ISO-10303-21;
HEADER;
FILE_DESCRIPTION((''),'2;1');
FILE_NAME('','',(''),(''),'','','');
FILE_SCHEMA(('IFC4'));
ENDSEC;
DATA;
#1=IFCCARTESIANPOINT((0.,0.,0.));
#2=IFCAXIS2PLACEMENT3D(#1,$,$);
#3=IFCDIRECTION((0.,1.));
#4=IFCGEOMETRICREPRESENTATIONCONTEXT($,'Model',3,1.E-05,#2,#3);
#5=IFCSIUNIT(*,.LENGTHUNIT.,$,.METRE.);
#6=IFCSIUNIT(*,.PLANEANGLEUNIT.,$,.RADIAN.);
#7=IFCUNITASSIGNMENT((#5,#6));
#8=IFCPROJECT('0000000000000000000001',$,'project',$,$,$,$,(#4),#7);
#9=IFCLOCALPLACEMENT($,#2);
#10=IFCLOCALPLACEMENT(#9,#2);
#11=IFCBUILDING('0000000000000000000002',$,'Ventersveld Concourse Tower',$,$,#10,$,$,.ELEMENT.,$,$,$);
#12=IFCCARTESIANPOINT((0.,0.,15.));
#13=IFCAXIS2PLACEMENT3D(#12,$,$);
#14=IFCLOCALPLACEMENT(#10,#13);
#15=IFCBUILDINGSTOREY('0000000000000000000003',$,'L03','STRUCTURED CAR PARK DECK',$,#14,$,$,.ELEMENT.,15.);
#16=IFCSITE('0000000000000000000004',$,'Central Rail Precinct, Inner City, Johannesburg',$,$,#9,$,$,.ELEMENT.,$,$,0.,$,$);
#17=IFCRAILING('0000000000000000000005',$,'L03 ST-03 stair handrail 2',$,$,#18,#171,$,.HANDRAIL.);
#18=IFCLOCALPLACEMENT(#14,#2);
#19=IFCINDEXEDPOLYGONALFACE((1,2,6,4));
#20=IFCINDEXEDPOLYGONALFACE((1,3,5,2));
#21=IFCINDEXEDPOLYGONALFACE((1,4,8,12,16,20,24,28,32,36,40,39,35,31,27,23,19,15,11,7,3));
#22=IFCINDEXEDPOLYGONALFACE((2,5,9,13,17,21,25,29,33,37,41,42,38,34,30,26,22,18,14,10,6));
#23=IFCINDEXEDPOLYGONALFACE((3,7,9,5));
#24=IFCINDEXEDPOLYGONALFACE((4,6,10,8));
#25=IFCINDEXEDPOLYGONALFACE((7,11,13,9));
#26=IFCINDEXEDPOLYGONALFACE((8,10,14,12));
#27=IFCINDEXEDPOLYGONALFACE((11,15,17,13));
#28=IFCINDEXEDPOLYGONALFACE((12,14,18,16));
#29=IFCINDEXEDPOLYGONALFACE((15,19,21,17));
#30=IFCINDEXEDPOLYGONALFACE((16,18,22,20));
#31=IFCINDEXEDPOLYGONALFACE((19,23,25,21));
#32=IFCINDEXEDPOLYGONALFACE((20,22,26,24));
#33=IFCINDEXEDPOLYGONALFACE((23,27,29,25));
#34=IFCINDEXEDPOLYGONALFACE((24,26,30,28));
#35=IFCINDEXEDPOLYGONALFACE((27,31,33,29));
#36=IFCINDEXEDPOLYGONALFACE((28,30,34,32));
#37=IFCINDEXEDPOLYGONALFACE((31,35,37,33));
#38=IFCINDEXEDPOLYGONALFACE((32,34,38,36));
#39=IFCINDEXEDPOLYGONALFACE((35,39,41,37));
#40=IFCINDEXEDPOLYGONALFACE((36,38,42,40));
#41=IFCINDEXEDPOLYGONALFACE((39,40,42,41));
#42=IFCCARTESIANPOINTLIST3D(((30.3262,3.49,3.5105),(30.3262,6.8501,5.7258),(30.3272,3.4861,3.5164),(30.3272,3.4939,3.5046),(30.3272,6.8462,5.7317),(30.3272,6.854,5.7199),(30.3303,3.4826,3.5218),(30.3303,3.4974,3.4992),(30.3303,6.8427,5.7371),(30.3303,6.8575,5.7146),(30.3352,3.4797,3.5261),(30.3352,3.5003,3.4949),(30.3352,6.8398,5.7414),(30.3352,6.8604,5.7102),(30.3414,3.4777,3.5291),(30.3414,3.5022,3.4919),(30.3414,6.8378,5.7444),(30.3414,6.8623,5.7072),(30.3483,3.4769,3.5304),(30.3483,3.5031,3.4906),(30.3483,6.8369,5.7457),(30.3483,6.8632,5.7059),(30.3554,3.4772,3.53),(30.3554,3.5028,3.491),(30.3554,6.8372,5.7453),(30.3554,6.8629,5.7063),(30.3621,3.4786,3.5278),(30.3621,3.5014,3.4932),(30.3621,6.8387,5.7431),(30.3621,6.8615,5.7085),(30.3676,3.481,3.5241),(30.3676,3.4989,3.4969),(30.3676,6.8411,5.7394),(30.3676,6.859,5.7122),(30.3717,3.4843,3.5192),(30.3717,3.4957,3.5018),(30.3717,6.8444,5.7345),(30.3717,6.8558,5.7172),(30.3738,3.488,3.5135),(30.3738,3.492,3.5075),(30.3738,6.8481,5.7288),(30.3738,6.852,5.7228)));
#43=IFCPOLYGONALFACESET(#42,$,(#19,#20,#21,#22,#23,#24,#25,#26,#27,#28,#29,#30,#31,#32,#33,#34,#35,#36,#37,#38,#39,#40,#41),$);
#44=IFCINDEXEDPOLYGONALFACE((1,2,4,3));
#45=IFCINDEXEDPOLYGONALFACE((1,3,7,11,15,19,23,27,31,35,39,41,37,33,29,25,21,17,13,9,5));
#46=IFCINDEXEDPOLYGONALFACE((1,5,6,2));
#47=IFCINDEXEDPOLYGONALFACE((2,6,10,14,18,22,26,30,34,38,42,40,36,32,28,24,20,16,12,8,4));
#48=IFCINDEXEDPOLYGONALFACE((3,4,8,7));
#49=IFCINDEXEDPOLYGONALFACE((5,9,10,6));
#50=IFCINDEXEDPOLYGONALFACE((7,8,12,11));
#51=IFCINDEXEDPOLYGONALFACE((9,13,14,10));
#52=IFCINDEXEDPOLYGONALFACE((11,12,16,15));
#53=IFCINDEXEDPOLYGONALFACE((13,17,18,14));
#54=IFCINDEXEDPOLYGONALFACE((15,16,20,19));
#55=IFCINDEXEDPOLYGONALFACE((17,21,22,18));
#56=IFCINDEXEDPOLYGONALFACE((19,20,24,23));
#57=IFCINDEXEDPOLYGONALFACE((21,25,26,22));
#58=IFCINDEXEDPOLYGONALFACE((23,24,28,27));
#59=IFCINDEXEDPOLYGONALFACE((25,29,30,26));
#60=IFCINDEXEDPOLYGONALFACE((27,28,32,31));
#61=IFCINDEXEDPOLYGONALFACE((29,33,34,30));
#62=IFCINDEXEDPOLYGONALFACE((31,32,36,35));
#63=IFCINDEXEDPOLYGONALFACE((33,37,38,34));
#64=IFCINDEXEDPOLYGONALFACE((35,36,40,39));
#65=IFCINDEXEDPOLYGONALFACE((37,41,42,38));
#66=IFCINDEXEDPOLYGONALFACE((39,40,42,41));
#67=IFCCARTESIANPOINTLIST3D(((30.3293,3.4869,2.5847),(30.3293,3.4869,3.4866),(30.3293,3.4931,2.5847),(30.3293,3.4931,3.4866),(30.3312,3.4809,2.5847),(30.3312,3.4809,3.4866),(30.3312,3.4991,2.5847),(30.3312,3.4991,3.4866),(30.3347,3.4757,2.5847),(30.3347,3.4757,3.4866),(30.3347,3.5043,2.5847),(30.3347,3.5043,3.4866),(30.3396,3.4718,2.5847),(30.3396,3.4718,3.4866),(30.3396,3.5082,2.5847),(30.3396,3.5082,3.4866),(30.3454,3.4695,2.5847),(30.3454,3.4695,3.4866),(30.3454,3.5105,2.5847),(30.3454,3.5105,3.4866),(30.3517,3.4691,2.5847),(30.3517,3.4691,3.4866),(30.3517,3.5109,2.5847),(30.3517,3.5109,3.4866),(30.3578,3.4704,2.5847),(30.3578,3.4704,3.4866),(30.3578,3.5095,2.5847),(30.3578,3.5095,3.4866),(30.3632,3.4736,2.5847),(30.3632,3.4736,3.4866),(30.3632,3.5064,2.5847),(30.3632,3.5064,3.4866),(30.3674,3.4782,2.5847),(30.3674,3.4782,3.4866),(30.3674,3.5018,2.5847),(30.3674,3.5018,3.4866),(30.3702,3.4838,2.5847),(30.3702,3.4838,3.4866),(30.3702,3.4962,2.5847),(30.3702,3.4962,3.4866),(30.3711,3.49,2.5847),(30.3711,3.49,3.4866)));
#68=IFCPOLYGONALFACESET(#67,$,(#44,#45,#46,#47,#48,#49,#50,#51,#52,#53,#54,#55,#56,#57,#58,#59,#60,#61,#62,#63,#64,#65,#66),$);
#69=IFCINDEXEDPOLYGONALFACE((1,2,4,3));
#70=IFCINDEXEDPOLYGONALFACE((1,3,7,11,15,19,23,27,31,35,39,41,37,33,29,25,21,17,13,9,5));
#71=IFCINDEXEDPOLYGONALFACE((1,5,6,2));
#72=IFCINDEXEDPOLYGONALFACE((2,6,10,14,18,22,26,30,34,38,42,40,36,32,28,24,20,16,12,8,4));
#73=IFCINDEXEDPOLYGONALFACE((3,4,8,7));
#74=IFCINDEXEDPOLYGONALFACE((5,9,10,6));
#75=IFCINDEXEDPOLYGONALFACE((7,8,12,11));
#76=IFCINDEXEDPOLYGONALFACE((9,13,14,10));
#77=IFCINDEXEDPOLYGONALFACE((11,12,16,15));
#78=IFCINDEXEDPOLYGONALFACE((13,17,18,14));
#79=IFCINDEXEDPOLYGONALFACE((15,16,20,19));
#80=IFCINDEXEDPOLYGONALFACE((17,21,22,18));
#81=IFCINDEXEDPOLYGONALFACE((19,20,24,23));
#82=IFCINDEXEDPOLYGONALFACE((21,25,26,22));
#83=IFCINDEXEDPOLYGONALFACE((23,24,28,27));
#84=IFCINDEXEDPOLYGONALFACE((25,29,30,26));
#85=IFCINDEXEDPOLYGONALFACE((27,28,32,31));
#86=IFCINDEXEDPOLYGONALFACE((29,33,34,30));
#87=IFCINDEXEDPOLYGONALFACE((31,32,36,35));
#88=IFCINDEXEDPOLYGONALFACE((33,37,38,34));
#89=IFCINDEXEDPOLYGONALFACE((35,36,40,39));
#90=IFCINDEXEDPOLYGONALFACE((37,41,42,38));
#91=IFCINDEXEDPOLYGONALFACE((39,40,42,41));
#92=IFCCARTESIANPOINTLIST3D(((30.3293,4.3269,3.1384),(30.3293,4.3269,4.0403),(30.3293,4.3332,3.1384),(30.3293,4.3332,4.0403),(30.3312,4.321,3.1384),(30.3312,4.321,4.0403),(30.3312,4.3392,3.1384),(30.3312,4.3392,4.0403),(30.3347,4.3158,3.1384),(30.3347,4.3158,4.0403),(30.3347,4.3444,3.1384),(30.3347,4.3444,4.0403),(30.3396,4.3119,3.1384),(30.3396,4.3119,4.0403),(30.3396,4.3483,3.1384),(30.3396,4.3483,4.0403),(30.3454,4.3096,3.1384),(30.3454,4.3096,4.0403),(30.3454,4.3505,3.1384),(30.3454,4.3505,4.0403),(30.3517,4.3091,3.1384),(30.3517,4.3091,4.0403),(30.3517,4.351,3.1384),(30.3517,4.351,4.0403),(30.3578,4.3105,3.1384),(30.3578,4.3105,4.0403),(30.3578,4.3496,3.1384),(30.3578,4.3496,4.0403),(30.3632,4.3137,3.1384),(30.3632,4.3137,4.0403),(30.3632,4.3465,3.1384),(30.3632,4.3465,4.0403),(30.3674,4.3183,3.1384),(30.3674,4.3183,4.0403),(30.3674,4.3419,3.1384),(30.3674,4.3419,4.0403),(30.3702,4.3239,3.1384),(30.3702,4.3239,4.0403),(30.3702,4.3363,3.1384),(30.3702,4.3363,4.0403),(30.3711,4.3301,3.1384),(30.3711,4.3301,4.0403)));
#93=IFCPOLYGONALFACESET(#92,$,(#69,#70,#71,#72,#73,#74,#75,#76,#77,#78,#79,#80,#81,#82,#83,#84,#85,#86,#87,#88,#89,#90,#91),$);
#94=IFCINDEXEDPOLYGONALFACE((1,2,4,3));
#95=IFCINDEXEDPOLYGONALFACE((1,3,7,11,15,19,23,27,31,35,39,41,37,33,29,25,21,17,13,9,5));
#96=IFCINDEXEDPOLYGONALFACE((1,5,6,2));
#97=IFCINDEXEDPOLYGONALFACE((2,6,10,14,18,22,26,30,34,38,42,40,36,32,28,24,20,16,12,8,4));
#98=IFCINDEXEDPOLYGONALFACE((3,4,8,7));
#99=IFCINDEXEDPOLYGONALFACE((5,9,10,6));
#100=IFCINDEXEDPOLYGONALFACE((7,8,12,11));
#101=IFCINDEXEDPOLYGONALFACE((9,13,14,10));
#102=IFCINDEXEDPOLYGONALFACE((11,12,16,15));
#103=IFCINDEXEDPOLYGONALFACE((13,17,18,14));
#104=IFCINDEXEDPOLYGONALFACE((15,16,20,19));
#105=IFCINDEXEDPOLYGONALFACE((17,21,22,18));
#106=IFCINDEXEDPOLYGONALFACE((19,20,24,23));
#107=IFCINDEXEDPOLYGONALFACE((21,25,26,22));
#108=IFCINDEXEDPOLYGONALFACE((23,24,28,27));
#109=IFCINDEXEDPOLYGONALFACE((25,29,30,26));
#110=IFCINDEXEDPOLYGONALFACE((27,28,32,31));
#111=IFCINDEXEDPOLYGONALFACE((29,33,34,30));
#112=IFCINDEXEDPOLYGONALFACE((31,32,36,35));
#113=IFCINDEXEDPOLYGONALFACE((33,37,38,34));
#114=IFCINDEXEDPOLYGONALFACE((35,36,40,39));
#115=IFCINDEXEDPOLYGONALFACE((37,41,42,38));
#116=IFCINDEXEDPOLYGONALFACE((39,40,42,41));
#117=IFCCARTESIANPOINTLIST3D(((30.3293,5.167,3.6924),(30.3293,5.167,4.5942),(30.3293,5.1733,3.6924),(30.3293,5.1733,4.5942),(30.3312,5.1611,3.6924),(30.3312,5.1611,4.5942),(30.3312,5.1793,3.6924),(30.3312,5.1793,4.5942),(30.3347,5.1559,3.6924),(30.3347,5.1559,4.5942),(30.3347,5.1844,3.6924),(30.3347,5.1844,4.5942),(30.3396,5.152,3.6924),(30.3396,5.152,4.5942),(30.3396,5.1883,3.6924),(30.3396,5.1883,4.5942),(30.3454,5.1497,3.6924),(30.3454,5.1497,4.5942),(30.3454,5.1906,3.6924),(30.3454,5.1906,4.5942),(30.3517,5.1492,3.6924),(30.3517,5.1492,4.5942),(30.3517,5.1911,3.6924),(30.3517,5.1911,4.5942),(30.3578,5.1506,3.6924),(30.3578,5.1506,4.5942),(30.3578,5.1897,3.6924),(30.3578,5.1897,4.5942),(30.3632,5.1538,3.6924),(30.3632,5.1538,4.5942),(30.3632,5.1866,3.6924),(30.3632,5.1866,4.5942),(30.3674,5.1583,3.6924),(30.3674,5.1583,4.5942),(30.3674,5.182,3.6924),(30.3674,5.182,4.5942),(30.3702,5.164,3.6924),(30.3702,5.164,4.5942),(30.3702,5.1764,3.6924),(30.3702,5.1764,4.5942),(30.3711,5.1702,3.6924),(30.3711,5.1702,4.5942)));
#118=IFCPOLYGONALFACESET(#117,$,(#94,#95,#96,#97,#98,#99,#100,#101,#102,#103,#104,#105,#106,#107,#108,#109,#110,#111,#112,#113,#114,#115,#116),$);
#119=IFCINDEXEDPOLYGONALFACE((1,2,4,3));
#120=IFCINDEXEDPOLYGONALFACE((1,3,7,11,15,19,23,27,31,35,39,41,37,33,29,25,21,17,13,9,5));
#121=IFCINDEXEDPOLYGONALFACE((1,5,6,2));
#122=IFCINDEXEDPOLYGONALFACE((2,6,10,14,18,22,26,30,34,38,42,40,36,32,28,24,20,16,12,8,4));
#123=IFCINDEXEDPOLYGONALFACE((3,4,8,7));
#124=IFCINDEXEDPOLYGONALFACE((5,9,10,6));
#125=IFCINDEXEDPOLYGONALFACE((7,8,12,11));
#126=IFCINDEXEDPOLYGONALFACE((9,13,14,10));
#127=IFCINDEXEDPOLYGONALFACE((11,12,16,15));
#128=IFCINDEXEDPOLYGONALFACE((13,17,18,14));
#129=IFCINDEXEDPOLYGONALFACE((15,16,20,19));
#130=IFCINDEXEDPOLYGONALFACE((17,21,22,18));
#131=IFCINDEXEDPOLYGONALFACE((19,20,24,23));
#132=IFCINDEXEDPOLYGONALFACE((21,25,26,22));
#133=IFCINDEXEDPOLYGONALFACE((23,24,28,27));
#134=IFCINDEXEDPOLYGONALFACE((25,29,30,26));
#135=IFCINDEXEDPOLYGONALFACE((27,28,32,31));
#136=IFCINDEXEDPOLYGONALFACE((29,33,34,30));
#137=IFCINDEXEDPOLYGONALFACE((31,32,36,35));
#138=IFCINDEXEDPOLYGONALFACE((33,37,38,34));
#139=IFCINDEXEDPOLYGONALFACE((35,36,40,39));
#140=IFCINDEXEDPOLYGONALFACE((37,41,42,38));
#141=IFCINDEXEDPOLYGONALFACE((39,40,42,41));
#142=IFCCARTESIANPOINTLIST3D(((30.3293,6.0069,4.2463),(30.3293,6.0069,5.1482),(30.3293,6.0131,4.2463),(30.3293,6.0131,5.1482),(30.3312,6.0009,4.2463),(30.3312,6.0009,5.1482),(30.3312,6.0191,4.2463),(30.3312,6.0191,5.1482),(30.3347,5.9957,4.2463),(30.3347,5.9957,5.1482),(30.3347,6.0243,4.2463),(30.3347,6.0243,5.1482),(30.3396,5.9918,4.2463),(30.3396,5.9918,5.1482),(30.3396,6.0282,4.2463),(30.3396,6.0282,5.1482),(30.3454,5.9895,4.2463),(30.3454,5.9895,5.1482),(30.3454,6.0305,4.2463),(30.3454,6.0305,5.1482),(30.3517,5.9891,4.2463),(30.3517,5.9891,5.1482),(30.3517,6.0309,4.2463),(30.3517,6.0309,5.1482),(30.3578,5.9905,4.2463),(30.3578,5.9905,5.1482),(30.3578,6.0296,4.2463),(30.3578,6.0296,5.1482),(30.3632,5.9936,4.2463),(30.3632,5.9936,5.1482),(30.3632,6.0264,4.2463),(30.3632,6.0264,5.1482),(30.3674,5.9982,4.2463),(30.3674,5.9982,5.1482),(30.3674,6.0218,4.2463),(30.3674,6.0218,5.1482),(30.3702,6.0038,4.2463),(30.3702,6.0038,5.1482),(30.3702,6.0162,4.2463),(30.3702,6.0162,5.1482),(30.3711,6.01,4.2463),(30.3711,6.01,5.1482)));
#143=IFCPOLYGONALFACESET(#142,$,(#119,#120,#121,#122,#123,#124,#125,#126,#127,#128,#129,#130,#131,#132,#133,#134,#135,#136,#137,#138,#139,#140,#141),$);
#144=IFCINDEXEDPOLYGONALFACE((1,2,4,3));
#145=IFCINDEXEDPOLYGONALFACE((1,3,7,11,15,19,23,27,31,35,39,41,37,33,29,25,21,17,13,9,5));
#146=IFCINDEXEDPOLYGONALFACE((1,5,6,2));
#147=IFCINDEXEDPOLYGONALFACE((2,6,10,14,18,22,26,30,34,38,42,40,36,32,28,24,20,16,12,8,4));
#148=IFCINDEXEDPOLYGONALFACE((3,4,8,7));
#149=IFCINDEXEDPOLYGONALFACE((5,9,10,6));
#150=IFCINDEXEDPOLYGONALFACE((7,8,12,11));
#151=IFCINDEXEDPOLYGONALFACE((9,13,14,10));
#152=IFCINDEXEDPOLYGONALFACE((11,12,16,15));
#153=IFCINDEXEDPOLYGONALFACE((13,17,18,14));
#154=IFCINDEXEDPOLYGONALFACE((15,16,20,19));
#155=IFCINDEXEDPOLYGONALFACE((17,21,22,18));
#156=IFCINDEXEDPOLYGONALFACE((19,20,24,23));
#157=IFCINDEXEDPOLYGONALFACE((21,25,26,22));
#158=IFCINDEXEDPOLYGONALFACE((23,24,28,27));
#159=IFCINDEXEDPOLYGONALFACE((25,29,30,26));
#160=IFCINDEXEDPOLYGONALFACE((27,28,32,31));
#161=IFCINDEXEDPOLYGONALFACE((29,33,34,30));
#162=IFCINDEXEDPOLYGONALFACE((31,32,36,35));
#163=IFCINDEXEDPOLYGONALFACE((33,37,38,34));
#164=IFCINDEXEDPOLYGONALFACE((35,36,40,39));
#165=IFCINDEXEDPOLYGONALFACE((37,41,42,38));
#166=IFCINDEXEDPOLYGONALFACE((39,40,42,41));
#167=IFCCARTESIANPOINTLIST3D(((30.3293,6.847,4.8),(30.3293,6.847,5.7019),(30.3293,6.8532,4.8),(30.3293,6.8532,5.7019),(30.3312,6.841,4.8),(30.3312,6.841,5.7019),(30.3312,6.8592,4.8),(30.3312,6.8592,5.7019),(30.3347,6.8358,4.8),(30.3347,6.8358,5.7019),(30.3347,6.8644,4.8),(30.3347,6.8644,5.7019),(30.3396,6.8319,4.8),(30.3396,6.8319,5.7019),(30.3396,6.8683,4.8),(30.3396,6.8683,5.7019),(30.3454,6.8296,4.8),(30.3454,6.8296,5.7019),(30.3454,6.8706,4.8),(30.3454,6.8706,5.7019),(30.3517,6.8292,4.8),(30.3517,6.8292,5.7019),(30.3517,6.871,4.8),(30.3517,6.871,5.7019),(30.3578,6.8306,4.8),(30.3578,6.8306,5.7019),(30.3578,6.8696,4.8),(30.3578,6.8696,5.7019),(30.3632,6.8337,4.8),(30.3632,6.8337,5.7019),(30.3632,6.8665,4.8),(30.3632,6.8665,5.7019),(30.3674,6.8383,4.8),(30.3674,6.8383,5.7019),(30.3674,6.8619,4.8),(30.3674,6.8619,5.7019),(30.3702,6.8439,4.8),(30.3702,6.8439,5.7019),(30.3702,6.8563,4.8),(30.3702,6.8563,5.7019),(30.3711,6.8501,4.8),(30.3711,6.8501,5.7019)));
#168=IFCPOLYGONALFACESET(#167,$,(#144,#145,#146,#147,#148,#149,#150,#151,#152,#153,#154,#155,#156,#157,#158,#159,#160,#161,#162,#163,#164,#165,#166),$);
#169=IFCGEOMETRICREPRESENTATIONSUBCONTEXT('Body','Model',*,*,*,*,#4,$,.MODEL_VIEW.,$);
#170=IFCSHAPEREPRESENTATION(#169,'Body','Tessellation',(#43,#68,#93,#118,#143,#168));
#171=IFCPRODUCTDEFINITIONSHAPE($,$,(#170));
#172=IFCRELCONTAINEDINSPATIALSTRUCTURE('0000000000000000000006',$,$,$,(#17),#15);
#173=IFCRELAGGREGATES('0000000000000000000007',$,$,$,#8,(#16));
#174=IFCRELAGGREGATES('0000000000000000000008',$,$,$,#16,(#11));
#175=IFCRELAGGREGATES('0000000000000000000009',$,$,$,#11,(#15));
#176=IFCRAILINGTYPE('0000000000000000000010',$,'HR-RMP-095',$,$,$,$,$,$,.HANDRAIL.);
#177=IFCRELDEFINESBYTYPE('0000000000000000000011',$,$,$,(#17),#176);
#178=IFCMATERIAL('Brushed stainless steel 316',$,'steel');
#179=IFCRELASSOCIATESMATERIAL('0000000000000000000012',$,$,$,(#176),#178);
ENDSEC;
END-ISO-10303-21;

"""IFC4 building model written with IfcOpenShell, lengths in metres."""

from ifc_helpers import new_model, si_unit, direction, frame, origin, origin_2d, place, context, subcontext, project, spatial, circle, extrude, material, type_object, element, save


model = new_model("IFC4")

# Units and contexts
model_context = context("Model", 3, precision=1e-05, world=origin(), true_north=direction((0.0, 1.0)))
body_context = subcontext(model_context, "Body", "Model", "MODEL_VIEW")
ifc_project = project(units=[si_unit("LENGTHUNIT", "METRE"), si_unit("PLANEANGLEUNIT", "RADIAN")], contexts=[model_context])

# Site, building, storey
site_placement = place(None, origin())
site = spatial("IfcSite", under=ifc_project, at=site_placement, Name="Central Rail Precinct, Inner City, Johannesburg", CompositionType="ELEMENT", RefElevation=0.0)
building_placement = place(site_placement, origin())
building = spatial("IfcBuilding", under=site, at=building_placement, Name="Ventersveld Concourse Tower", CompositionType="ELEMENT")
storey_placement = place(building_placement, frame((0.0, 0.0, 15.0)))
storey = spatial("IfcBuildingStorey", under=building, at=storey_placement, Name="L03", Description="STRUCTURED CAR PARK DECK", CompositionType="ELEMENT", Elevation=15.0)

# Railing
ifc_material_1 = material(Name="Brushed stainless steel 316", Category="steel")
railing_type_1 = type_object("IfcRailingType", Name="HR-RMP-095", PredefinedType="HANDRAIL", material=ifc_material_1)
railing_1_placement = place(storey_placement, frame((30.3501, 3.49, 2.5847)))
element("IfcRailing", 1, at=railing_1_placement, inside=storey, type_object=railing_type_1, Name="L03 ST-03 stair handrail 2", PredefinedType="HANDRAIL", context=body_context, shape_type="SweptSolid", body=[
    extrude(circle(Radius=0.0239, at=origin_2d()), frame((0.0, 0.0, 0.9258), z_axis=(0.0, 0.834876, 0.550437), x_axis=(-1.0, 0.0, 0.0)), (0.0, 0.0, 1.0), 4.0247),
    extrude(circle(Radius=0.021, at=origin_2d()), origin(), (0.0, 0.0, 1.0), 0.9019),
    extrude(circle(Radius=0.021, at=origin_2d()), frame((0.0, 0.8401, 0.5537)), (0.0, 0.0, 1.0), 0.9019),
    extrude(circle(Radius=0.021, at=origin_2d()), frame((0.0, 1.6802, 1.1077)), (0.0, 0.0, 1.0), 0.9019),
    extrude(circle(Radius=0.021, at=origin_2d()), frame((0.0, 2.52, 1.6616)), (0.0, 0.0, 1.0), 0.9019),
    extrude(circle(Radius=0.021, at=origin_2d()), frame((0.0, 3.3601, 2.2153)), (0.0, 0.0, 1.0), 0.9019),
])

save(model, "model.ifc")
